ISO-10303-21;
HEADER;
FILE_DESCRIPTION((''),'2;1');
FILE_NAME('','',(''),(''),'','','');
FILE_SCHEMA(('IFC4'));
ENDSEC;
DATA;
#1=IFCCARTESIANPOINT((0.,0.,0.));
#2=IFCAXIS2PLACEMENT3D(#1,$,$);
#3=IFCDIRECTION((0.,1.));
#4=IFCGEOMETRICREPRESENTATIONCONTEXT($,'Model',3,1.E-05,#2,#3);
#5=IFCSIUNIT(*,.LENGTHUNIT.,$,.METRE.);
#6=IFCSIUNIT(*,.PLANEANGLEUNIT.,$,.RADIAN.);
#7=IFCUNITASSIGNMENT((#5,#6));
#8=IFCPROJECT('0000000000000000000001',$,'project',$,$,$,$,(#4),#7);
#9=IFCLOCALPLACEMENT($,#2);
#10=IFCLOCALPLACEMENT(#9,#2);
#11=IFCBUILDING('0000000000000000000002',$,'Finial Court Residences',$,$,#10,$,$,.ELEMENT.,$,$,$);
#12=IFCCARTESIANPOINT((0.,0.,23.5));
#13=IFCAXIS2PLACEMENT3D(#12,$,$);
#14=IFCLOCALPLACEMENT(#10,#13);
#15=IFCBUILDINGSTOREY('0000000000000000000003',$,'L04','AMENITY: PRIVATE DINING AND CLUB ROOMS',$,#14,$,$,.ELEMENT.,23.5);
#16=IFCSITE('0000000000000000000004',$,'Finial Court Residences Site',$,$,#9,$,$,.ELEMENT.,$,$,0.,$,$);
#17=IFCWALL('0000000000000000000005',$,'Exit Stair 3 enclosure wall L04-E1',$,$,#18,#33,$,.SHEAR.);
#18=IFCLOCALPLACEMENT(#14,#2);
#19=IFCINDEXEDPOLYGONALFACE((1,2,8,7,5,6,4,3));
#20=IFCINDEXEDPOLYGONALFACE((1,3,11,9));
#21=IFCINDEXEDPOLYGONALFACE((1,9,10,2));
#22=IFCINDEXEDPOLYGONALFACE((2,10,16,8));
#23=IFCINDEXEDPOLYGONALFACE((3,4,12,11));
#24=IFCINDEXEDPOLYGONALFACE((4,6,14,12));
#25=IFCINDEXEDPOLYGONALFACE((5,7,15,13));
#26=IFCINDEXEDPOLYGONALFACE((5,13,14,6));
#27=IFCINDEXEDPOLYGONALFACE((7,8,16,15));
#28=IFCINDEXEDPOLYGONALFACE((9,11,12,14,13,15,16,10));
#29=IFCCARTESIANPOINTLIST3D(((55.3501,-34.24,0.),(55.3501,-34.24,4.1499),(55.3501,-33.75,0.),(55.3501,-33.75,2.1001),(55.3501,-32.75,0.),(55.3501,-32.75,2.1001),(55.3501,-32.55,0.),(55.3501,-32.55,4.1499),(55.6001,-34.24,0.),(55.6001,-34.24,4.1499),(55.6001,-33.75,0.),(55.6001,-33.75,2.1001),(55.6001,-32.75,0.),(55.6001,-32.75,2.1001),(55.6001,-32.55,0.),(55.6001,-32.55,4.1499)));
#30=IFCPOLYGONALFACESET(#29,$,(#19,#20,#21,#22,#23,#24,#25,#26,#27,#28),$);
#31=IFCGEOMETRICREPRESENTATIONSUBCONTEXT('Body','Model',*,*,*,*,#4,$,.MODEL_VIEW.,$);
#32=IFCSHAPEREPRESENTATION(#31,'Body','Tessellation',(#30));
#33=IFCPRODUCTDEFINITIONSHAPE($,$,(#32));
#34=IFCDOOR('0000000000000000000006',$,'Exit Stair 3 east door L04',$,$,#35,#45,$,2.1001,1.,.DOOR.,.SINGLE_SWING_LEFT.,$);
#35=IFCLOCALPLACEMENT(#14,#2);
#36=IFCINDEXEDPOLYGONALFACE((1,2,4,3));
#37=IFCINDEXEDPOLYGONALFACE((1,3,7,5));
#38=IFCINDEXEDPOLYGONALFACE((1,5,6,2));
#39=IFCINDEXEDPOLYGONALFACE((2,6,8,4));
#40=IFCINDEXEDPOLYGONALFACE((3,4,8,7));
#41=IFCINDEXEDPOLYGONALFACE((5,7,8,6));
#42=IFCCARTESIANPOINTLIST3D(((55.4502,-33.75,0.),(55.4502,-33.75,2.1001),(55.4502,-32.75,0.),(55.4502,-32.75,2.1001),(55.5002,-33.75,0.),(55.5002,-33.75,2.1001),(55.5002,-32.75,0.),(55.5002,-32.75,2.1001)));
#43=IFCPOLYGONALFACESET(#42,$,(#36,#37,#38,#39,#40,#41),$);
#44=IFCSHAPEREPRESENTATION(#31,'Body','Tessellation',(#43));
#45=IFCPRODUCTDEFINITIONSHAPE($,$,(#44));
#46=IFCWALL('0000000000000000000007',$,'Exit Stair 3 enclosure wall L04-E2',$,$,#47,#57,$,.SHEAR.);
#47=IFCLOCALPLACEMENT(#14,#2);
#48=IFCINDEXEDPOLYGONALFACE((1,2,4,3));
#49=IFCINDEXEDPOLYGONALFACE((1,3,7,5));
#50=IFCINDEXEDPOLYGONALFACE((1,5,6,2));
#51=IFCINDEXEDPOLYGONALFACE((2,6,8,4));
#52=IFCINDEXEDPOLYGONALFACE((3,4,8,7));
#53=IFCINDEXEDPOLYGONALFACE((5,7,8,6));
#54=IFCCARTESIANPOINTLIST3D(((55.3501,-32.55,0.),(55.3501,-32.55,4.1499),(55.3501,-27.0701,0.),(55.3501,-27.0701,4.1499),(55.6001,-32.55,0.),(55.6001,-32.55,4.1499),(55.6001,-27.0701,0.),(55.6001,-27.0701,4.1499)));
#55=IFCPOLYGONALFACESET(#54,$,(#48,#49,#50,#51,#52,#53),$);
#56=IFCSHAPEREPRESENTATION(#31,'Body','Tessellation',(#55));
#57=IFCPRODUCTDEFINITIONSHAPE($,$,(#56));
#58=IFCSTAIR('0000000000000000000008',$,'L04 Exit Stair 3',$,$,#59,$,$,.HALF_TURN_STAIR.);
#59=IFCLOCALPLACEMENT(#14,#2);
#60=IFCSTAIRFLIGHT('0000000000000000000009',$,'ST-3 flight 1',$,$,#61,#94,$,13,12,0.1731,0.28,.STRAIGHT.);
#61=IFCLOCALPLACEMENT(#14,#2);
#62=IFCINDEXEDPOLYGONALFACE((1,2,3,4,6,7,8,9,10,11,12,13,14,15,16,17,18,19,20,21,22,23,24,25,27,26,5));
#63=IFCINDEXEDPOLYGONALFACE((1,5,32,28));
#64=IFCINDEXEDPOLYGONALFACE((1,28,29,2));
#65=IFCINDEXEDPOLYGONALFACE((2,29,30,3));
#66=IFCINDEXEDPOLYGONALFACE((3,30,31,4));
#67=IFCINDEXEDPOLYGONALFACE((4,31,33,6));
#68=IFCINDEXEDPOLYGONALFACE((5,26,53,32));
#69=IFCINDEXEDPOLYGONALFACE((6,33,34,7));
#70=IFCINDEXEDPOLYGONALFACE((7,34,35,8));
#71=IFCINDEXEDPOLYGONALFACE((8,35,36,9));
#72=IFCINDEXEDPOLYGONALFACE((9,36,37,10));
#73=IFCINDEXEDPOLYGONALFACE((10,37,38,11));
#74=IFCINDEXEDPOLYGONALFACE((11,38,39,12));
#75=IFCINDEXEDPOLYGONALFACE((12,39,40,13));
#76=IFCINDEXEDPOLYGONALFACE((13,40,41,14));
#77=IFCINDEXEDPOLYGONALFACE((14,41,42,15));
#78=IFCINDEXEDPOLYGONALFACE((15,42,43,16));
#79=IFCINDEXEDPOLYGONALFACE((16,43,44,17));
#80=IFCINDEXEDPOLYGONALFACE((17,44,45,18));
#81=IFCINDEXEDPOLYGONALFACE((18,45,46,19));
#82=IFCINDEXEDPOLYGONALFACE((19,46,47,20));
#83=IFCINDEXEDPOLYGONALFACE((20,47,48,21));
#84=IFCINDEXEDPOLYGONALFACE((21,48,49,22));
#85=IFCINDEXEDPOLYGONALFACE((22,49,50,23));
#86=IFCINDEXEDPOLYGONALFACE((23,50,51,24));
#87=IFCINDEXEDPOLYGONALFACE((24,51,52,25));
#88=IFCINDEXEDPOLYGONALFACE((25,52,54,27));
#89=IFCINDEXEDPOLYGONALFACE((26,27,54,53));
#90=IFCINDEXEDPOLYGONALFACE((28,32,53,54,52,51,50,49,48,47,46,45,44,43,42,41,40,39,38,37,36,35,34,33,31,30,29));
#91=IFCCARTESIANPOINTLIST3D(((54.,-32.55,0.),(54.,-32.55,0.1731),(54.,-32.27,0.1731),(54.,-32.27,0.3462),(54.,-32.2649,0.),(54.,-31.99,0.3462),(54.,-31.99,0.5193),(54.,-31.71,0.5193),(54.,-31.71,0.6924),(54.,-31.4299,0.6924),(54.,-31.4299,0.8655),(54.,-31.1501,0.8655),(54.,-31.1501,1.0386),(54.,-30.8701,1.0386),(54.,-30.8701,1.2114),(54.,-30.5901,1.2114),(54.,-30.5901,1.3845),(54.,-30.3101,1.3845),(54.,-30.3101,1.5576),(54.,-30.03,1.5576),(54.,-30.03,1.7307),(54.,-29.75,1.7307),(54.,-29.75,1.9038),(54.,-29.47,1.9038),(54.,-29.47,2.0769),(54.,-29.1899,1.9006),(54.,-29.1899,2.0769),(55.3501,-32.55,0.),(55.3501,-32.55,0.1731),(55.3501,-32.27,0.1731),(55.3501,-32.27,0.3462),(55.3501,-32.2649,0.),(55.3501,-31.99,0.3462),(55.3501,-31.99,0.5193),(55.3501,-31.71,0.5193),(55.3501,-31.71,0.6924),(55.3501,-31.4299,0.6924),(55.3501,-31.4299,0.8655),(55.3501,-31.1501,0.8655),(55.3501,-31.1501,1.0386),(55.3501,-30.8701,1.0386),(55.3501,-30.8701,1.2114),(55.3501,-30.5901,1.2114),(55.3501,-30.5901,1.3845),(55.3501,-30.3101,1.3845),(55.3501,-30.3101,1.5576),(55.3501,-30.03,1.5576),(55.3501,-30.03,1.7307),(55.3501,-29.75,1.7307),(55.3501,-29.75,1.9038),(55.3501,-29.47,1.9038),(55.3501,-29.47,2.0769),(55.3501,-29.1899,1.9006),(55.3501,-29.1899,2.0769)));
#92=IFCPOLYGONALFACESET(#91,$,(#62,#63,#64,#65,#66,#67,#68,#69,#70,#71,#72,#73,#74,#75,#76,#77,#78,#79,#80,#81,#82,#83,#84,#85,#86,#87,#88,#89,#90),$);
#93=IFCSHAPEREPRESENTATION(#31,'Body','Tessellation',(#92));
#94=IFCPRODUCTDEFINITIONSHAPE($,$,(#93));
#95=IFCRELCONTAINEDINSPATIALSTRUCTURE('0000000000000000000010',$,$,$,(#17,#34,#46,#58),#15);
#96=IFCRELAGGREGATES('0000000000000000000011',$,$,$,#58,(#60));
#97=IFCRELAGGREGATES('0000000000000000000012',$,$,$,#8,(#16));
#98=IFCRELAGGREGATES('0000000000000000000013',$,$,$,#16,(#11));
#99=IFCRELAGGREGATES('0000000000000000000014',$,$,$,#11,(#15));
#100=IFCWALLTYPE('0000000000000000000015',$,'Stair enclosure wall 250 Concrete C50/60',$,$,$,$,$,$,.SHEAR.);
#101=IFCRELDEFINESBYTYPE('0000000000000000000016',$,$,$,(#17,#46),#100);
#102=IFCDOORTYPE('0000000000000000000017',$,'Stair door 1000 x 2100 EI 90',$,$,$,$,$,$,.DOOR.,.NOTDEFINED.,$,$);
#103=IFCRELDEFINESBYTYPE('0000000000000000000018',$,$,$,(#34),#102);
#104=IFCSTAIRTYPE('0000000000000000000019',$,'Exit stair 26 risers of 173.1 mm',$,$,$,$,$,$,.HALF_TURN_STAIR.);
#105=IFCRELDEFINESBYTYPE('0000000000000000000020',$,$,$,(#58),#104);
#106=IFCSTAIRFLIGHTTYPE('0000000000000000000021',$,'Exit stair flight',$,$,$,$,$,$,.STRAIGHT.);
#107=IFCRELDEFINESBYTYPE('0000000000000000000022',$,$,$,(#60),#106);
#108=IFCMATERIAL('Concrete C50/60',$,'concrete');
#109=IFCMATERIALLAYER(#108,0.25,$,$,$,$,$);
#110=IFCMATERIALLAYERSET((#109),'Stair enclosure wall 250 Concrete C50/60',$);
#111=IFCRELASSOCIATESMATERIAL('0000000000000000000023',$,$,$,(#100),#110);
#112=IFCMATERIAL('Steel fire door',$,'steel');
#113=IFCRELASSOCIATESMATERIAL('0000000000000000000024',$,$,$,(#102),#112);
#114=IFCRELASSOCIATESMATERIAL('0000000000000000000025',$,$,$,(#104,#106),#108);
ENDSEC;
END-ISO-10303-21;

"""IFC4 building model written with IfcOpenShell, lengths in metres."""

from ifc_helpers import new_model, si_unit, direction, frame, frame_2d, origin, place, context, subcontext, project, spatial, polyline, rectangle, outline, extrude, material, layer, layer_set, type_object, element, fill, aggregate, save


model = new_model("IFC4")

# Units and contexts
model_context = context("Model", 3, precision=1e-05, world=origin(), true_north=direction((0.0, 1.0)))
body_context = subcontext(model_context, "Body", "Model", "MODEL_VIEW")
ifc_project = project(units=[si_unit("LENGTHUNIT", "METRE"), si_unit("PLANEANGLEUNIT", "RADIAN")], contexts=[model_context])

# Site, building, storey
site_placement = place(None, origin())
site = spatial("IfcSite", under=ifc_project, at=site_placement, Name="Finial Court Residences Site", CompositionType="ELEMENT", RefElevation=0.0)
building_placement = place(site_placement, origin())
building = spatial("IfcBuilding", under=site, at=building_placement, Name="Finial Court Residences", CompositionType="ELEMENT")
storey_placement = place(building_placement, frame((0.0, 0.0, 23.5)))
storey = spatial("IfcBuildingStorey", under=building, at=storey_placement, Name="L04", Description="AMENITY: PRIVATE DINING AND CLUB ROOMS", CompositionType="ELEMENT", Elevation=23.5)

# Shared definitions
ifc_material_1 = material(Name="Concrete C50/60", Category="concrete")

# Shared definitions
ifc_layer_1 = layer(ifc_material_1, 0.25)
ifc_layer_set_1 = layer_set([ifc_layer_1], Name="Stair enclosure wall 250 Concrete C50/60")
wall_type_1 = type_object("IfcWallType", Name="Stair enclosure wall 250 Concrete C50/60", PredefinedType="SHEAR", material=ifc_layer_set_1)
ifc_material_2 = material(Name="Steel fire door", Category="steel")
door_type = type_object("IfcDoorType", Name="Stair door 1000 x 2100 EI 90", OperationType="NOTDEFINED", PredefinedType="DOOR", material=ifc_material_2)

# Wall, opening, door
wall_1_placement = place(storey_placement, frame((55.4751, -34.24, 0.0), z_axis=(0.0, 0.0, 1.0), x_axis=(0.0, 1.0, 0.0)))
wall_1 = element("IfcWall", 1, at=wall_1_placement, inside=storey, type_object=wall_type_1, Name="Exit Stair 3 enclosure wall L04-E1", PredefinedType="SHEAR", context=body_context, shape_type="SweptSolid", body=[
    extrude(rectangle(XDim=1.6899, YDim=0.25, at=frame_2d((0.845, 0.0))), origin(), (0.0, 0.0, 1.0), 4.1499),
])
opening_1_placement = place(wall_1_placement, frame((0.49, 0.0, 0.0)))
opening_1 = element("IfcOpeningElement", 2, at=opening_1_placement, cuts=wall_1, PredefinedType="OPENING", context=body_context, shape_type="SweptSolid", body=[
    extrude(rectangle(XDim=1.0, YDim=2.1001, at=frame_2d((0.5, 1.05))), frame((0.0, 0.135, 0.0), z_axis=(0.0, -1.0, 0.0), x_axis=(1.0, 0.0, 0.0)), (0.0, 0.0, 1.0), 0.27),
])
door_1_placement = place(opening_1_placement, origin())
door_1 = element("IfcDoor", 3, at=door_1_placement, inside=storey, type_object=door_type, Name="Exit Stair 3 east door L04", OperationType="SINGLE_SWING_LEFT", OverallHeight=2.1001, OverallWidth=1.0, PredefinedType="DOOR", context=body_context, shape_type="SweptSolid", body=[
    extrude(rectangle(XDim=1.0, YDim=2.1001, at=frame_2d((0.5, 1.05))), frame((0.0, 0.0249, 0.0), z_axis=(0.0, -1.0, 0.0), x_axis=(1.0, 0.0, 0.0)), (0.0, 0.0, 1.0), 0.05),
])
fill(opening_1, door_1)

# Wall
wall_2_placement = place(storey_placement, frame((55.4751, -32.55, 0.0), z_axis=(0.0, 0.0, 1.0), x_axis=(0.0, 1.0, 0.0)))
element("IfcWall", 4, at=wall_2_placement, inside=storey, type_object=wall_type_1, Name="Exit Stair 3 enclosure wall L04-E2", PredefinedType="SHEAR", context=body_context, shape_type="SweptSolid", body=[
    extrude(rectangle(XDim=5.48, YDim=0.25, at=frame_2d((2.74, 0.0))), origin(), (0.0, 0.0, 1.0), 4.1499),
])

# Stair, stair flight
stair_type = type_object("IfcStairType", Name="Exit stair 26 risers of 173.1 mm", PredefinedType="HALF_TURN_STAIR", material=ifc_material_1)
stair_placement = place(storey_placement, origin())
stair = element("IfcStair", 5, at=stair_placement, inside=storey, type_object=stair_type, Name="L04 Exit Stair 3", PredefinedType="HALF_TURN_STAIR")
stair_flight_type = type_object("IfcStairFlightType", Name="Exit stair flight", PredefinedType="STRAIGHT", material=ifc_material_1)
stair_flight_placement = place(storey_placement, frame((54.675, -32.55, 0.0), z_axis=(0.0, 0.0, 1.0), x_axis=(0.0, 1.0, 0.0)))
stair_flight = element("IfcStairFlight", 6, at=stair_flight_placement, type_object=stair_flight_type, Name="ST-3 flight 1", NumberOfRisers=13, NumberOfTreads=12, PredefinedType="STRAIGHT", RiserHeight=0.1731, TreadLength=0.28, context=body_context, shape_type="SweptSolid", body=[
    extrude(outline(polyline([(0.0, 0.0), (0.0, 0.1731), (0.28, 0.1731), (0.28, 0.3462), (0.5601, 0.3462), (0.5601, 0.5193), (0.8401, 0.5193), (0.8401, 0.6924), (1.1201, 0.6924), (1.1201, 0.8655), (1.3999, 0.8655), (1.3999, 1.0386), (1.6799, 1.0386), (1.6799, 1.2114), (1.96, 1.2114), (1.96, 1.3845), (2.24, 1.3845), (2.24, 1.5576), (2.52, 1.5576), (2.52, 1.7307), (2.8, 1.7307), (2.8, 1.9038), (3.0801, 1.9038), (3.0801, 2.0769), (3.3601, 2.0769), (3.3601, 2.25), (3.3601, 1.9006), (0.2852, 0.0), (0.0, 0.0)])), frame((0.0, 0.675, 0.0), z_axis=(0.0, -1.0, 0.0), x_axis=(1.0, 0.0, 0.0)), (0.0, 0.0, 1.0), 1.3501),
])
aggregate(stair, [stair_flight])

save(model, "model.ifc")
